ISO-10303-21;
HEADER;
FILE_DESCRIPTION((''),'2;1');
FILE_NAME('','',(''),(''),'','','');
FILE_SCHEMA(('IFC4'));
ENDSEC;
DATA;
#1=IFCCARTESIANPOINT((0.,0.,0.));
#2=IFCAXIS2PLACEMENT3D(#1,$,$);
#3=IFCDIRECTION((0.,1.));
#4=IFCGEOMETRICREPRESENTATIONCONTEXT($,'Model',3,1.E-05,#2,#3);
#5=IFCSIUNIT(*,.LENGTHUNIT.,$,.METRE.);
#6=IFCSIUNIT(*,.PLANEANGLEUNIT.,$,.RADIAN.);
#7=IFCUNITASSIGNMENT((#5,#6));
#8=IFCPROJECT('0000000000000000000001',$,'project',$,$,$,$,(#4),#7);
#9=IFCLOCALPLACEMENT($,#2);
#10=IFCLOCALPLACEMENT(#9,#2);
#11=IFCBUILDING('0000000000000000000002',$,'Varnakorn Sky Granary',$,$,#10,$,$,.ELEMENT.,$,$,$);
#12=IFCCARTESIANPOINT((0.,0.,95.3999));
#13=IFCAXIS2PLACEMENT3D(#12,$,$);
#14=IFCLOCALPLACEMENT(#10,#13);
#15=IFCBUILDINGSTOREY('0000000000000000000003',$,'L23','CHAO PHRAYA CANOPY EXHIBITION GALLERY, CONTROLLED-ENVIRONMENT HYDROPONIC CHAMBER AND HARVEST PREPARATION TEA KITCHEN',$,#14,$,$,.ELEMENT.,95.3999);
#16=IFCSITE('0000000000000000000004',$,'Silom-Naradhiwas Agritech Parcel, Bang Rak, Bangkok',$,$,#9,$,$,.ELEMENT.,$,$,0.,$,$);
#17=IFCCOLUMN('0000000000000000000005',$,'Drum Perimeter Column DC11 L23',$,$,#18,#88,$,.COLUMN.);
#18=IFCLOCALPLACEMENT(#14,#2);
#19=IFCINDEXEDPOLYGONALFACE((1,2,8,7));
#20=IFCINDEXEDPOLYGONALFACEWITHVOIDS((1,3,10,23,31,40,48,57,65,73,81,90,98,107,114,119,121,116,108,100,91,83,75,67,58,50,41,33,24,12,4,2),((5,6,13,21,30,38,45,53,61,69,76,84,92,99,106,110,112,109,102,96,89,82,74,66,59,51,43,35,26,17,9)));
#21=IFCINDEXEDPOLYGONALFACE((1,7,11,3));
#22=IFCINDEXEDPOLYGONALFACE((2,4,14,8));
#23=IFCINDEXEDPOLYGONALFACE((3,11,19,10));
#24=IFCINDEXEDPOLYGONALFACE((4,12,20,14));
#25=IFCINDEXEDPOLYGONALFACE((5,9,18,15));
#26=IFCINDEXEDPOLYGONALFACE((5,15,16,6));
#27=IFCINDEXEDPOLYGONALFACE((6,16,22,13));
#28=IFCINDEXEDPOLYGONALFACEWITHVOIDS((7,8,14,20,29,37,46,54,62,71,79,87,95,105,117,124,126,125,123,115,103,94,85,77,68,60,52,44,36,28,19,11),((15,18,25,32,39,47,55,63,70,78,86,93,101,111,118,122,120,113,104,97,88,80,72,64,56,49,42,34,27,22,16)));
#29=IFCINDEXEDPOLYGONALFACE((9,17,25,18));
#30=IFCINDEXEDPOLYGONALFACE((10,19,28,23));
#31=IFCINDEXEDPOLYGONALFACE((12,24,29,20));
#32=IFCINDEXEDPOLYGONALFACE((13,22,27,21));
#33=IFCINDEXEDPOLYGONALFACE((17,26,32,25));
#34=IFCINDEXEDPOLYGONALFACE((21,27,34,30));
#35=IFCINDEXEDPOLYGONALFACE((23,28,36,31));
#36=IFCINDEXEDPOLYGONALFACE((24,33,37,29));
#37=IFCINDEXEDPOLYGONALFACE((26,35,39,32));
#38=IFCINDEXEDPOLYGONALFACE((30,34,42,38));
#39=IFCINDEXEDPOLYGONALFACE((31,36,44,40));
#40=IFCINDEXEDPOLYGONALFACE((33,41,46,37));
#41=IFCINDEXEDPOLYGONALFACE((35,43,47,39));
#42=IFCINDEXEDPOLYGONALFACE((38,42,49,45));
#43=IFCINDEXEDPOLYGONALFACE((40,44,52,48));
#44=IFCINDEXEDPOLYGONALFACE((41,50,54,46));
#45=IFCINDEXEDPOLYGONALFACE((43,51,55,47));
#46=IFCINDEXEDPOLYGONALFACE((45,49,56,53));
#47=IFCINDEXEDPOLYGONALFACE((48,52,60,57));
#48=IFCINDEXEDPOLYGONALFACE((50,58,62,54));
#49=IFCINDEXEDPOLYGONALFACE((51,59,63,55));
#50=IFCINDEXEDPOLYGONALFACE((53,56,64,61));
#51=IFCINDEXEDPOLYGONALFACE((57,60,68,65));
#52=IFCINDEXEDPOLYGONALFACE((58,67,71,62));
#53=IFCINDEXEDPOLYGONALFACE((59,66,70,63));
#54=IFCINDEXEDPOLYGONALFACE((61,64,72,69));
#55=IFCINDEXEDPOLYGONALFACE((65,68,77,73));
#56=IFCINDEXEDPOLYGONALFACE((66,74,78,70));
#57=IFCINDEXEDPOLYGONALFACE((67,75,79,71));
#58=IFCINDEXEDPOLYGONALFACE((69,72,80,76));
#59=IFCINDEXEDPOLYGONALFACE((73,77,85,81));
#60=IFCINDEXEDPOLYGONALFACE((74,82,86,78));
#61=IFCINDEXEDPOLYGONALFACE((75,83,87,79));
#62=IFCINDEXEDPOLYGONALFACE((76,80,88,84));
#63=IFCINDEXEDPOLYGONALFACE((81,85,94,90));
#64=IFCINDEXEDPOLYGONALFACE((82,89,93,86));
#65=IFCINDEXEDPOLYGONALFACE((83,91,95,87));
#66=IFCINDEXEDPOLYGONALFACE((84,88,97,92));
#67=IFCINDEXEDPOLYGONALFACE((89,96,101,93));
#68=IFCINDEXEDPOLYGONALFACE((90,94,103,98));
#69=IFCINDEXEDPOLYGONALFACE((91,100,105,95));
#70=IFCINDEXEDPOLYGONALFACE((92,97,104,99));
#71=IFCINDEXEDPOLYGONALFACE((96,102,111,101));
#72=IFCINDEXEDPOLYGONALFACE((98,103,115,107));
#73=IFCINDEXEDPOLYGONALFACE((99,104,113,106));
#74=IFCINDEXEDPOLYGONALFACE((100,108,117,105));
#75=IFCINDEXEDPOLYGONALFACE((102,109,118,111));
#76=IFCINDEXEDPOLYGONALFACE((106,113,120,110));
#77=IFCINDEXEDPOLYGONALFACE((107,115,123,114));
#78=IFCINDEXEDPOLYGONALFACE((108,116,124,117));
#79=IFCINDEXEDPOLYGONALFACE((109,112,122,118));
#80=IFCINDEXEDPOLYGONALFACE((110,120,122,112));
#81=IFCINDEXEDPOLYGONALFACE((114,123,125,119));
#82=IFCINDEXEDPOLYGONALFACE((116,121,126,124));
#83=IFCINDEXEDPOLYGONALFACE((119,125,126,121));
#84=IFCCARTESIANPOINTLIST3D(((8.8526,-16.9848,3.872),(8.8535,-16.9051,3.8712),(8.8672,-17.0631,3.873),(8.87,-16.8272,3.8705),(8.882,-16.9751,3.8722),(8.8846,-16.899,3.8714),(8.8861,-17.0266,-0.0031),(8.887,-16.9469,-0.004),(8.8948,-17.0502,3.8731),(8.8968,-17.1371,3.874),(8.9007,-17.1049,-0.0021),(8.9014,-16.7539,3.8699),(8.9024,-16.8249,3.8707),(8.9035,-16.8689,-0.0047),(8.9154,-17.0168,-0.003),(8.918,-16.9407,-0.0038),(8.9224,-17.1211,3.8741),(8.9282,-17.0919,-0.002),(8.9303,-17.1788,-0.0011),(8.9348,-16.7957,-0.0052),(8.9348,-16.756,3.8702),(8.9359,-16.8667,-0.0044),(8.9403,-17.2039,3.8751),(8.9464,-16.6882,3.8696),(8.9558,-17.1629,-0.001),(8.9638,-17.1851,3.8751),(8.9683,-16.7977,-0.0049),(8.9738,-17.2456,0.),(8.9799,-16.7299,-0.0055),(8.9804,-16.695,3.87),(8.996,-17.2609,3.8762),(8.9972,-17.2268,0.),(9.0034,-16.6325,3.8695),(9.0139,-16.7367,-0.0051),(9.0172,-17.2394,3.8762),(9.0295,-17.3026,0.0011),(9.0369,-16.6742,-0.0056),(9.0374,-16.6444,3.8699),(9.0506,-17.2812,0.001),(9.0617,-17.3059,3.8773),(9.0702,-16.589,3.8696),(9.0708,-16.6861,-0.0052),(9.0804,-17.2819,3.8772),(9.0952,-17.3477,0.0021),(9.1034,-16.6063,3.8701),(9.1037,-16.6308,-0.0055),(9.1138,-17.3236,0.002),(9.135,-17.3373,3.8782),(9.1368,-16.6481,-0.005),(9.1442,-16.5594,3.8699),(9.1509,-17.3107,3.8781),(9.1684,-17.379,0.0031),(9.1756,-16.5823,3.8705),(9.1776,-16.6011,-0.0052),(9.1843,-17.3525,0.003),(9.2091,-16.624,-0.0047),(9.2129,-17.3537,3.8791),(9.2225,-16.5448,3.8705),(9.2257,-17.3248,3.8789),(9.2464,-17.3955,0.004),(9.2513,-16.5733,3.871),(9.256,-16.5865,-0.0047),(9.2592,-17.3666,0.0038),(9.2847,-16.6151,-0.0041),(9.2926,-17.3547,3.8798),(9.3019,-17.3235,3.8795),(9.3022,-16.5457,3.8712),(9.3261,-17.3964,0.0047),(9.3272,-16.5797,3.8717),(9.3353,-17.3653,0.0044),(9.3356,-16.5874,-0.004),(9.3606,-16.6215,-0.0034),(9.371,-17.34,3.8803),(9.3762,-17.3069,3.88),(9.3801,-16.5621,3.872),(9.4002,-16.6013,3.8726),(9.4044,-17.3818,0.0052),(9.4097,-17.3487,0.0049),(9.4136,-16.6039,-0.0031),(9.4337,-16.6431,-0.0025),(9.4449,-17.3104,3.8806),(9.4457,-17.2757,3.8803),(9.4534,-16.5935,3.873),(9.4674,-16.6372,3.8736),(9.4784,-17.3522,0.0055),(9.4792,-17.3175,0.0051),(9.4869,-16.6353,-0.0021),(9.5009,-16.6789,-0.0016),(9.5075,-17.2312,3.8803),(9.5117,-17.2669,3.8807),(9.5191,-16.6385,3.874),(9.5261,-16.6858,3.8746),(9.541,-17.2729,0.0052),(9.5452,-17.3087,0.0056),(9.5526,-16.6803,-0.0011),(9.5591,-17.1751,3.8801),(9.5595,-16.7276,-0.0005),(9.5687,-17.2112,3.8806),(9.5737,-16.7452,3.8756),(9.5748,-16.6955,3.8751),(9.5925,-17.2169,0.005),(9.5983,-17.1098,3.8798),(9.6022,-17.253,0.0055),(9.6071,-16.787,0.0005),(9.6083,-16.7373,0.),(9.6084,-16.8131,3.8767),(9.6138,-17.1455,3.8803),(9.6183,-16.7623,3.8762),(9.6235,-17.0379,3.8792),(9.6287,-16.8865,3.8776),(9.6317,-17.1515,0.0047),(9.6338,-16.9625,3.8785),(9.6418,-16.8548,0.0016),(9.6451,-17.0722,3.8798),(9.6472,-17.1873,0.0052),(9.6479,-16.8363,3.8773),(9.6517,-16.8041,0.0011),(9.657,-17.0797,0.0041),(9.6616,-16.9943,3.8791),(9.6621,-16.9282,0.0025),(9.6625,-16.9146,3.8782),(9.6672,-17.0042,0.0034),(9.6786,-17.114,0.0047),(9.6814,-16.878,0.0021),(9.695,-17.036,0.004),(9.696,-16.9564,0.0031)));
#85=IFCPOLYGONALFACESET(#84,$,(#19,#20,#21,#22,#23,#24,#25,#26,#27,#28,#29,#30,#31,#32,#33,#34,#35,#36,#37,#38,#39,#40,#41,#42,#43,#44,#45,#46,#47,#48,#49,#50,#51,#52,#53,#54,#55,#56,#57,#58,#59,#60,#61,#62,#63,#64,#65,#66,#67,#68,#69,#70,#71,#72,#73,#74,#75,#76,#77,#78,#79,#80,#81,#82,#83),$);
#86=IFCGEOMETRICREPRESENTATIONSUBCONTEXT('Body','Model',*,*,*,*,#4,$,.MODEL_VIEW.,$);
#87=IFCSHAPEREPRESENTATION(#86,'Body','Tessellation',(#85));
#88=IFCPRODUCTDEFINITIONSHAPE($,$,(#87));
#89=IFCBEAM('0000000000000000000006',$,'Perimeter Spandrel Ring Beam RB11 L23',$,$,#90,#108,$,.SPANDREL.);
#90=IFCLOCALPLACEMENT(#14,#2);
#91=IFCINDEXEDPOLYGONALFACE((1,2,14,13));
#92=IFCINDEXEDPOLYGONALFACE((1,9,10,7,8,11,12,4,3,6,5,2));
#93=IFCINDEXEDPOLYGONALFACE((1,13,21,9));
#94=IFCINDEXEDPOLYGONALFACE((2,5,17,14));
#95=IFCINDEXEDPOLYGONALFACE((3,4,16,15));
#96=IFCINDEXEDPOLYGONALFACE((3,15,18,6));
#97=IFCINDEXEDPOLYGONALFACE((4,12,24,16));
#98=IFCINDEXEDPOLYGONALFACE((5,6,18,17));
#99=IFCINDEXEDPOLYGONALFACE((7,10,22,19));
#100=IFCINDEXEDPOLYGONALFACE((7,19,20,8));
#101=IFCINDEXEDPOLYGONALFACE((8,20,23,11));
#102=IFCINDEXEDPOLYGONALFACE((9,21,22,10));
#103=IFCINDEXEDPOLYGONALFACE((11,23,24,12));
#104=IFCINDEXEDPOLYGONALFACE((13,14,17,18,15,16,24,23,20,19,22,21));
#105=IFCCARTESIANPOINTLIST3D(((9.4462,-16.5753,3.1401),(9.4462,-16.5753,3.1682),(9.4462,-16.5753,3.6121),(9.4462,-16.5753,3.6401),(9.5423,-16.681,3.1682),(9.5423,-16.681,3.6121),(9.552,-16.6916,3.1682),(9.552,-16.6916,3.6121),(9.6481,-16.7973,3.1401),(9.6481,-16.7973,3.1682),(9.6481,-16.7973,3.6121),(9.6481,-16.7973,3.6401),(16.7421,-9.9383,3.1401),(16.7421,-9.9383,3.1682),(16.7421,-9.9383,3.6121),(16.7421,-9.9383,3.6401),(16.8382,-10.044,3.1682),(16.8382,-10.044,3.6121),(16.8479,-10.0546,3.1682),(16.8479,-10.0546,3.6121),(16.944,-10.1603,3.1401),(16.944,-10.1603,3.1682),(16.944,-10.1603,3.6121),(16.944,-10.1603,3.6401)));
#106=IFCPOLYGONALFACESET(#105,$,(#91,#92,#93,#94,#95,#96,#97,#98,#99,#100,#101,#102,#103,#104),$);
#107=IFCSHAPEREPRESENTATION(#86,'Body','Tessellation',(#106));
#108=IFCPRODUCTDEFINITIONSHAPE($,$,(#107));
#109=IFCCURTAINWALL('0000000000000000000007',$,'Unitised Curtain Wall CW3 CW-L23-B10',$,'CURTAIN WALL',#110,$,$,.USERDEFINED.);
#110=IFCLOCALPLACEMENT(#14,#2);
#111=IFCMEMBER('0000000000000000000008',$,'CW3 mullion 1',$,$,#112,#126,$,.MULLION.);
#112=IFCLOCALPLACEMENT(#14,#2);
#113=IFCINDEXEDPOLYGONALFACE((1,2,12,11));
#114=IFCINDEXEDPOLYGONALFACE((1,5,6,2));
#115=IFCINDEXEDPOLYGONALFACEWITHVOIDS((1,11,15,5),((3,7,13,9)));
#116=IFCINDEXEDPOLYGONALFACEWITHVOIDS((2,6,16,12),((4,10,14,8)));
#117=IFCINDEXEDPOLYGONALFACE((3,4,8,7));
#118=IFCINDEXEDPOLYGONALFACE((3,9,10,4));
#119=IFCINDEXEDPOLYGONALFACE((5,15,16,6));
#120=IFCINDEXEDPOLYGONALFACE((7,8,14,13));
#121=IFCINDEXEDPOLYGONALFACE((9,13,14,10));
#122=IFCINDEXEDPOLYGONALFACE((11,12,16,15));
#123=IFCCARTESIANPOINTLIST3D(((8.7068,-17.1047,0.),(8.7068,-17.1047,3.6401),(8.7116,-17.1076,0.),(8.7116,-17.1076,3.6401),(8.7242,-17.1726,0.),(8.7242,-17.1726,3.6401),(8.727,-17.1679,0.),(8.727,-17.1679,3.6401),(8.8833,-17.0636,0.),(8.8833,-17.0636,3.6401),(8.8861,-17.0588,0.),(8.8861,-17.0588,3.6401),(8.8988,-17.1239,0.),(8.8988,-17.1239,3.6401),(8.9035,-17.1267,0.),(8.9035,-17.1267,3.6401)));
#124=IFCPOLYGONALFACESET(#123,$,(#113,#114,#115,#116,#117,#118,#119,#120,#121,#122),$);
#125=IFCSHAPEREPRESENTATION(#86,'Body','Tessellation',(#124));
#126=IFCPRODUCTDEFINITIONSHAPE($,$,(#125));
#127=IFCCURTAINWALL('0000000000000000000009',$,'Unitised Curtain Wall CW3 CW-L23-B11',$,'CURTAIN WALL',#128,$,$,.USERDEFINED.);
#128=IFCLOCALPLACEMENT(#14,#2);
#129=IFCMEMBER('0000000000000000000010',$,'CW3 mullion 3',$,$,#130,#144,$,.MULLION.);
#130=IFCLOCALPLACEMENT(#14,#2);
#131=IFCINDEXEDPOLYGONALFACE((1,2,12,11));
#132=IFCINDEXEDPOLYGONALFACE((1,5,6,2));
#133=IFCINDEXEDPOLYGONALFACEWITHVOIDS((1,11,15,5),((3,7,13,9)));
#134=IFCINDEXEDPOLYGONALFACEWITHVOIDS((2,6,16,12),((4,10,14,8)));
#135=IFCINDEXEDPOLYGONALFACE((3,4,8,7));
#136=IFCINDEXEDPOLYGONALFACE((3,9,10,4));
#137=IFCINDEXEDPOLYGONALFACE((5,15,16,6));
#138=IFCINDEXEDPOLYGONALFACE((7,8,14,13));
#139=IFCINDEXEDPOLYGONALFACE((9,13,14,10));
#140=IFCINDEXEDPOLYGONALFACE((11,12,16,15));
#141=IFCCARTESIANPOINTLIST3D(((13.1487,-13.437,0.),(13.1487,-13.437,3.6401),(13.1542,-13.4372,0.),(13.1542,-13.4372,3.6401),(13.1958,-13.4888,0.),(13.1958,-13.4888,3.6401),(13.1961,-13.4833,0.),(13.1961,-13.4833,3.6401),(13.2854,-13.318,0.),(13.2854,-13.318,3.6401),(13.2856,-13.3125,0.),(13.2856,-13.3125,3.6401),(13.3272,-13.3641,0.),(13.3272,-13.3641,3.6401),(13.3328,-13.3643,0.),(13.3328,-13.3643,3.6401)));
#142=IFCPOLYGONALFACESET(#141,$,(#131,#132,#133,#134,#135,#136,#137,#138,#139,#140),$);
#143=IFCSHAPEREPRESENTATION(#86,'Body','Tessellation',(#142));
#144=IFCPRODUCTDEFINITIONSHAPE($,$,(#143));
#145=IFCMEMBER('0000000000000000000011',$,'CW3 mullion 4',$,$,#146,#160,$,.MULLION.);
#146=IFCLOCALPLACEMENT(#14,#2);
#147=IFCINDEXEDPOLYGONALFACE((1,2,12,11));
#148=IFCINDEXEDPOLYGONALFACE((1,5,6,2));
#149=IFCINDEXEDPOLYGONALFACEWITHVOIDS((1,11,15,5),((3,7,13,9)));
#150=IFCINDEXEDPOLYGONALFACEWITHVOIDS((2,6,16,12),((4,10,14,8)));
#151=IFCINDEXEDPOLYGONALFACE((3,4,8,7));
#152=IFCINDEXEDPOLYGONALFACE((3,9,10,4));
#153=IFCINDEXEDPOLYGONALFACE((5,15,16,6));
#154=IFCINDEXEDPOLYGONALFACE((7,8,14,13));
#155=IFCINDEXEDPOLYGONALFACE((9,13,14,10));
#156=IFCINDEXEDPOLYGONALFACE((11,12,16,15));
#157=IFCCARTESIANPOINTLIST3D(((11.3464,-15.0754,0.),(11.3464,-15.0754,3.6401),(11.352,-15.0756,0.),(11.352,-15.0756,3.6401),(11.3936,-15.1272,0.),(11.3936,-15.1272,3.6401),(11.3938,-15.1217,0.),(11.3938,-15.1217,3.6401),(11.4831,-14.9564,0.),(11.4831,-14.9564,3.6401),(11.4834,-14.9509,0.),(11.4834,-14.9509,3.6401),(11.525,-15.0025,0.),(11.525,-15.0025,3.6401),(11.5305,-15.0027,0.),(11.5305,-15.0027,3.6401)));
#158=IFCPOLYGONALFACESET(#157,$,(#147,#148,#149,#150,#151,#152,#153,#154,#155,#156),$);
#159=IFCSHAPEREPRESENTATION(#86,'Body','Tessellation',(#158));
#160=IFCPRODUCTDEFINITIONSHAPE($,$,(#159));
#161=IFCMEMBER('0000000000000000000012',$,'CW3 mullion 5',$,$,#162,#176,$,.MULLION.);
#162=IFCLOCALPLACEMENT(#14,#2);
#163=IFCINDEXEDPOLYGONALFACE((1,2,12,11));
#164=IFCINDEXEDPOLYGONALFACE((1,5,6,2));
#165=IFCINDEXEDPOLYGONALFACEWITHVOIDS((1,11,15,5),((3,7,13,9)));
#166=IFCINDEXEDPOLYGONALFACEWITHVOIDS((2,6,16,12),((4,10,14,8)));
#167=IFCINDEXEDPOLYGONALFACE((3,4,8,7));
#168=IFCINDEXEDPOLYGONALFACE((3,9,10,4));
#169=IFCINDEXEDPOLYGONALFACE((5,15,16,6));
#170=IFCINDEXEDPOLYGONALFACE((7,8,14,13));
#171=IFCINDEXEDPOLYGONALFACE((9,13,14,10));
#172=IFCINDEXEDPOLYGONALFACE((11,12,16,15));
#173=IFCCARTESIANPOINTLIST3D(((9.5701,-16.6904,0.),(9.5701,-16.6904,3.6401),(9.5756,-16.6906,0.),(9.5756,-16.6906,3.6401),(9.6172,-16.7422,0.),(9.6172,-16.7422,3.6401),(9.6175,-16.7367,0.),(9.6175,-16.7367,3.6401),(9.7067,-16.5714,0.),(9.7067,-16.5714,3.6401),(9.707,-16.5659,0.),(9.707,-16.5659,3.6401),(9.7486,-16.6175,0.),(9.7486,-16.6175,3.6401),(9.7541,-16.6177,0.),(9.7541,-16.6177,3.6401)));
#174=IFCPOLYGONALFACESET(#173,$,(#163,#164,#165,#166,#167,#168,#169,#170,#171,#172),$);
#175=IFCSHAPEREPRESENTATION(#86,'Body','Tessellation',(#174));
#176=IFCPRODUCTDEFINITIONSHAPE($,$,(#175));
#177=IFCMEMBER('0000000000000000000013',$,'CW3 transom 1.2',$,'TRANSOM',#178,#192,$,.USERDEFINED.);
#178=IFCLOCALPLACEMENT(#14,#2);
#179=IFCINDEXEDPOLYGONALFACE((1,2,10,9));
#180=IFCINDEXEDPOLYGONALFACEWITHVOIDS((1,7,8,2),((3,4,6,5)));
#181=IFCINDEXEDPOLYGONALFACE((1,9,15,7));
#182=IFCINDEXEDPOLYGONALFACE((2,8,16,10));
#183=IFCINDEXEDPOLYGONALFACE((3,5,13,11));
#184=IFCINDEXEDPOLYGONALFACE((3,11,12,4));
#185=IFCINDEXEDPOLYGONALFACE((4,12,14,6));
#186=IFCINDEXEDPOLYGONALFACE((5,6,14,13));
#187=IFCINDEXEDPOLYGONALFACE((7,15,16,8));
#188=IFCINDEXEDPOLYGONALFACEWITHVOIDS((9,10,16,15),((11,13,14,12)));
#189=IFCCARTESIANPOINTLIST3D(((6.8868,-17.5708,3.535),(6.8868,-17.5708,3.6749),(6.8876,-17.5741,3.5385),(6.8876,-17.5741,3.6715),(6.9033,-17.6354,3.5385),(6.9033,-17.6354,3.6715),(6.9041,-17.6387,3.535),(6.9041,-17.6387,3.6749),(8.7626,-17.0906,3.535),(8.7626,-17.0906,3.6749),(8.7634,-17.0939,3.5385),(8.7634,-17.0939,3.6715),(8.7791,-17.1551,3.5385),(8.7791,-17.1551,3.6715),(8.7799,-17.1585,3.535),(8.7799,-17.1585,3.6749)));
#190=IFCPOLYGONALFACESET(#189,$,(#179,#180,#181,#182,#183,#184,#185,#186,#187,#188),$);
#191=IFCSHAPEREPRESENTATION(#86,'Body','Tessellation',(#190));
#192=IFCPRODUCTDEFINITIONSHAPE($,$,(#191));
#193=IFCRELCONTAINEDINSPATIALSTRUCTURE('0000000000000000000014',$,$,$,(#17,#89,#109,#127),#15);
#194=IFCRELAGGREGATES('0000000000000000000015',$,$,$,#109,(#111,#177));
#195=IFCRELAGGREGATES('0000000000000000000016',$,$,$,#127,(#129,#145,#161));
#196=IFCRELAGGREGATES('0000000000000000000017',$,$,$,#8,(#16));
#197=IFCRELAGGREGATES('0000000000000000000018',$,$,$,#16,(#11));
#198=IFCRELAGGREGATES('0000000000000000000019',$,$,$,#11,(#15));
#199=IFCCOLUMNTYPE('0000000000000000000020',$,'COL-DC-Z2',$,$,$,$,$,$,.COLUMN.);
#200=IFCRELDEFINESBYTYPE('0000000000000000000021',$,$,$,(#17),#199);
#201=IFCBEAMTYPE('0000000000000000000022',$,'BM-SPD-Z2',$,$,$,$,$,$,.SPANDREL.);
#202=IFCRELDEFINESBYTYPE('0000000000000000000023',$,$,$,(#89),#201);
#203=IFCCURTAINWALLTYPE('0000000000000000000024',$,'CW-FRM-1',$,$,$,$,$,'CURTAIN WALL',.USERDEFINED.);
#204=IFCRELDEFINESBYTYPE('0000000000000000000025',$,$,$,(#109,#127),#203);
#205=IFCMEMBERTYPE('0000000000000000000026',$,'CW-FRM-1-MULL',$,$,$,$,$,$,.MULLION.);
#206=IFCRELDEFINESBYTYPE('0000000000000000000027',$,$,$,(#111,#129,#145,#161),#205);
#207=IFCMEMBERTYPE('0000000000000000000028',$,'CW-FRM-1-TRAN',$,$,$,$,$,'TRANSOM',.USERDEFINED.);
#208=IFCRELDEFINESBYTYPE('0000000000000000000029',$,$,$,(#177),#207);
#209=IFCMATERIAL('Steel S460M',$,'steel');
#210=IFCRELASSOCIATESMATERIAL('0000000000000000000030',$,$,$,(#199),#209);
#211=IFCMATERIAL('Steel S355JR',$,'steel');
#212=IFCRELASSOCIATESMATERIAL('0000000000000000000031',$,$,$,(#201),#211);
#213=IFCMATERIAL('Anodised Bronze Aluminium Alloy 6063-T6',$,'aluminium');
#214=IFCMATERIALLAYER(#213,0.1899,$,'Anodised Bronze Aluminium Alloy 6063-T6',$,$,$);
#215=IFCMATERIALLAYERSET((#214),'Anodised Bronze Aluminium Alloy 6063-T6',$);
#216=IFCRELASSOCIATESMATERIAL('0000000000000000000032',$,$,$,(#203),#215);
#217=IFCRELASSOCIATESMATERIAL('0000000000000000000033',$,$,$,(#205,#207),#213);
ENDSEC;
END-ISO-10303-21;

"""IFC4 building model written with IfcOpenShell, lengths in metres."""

from ifc_helpers import new_model, si_unit, direction, frame, origin, origin_2d, place, context, subcontext, project, spatial, hollow_rectangle, hollow_circle, i_section, extrude, material, layer, layer_set, material_profile, profile_set, type_object, element, aggregate, save


model = new_model("IFC4")

# Units and contexts
model_context = context("Model", 3, precision=1e-05, world=origin(), true_north=direction((0.0, 1.0)))
body_context = subcontext(model_context, "Body", "Model", "MODEL_VIEW")
ifc_project = project(units=[si_unit("LENGTHUNIT", "METRE"), si_unit("PLANEANGLEUNIT", "RADIAN")], contexts=[model_context])

# Site, building, storey
site_placement = place(None, origin())
site = spatial("IfcSite", under=ifc_project, at=site_placement, Name="Silom-Naradhiwas Agritech Parcel, Bang Rak, Bangkok", CompositionType="ELEMENT", RefElevation=0.0)
building_placement = place(site_placement, origin())
building = spatial("IfcBuilding", under=site, at=building_placement, Name="Varnakorn Sky Granary", CompositionType="ELEMENT")
storey_placement = place(building_placement, frame((0.0, 0.0, 95.3999)))
storey = spatial("IfcBuildingStorey", under=building, at=storey_placement, Name="L23", Description="CHAO PHRAYA CANOPY EXHIBITION GALLERY, CONTROLLED-ENVIRONMENT HYDROPONIC CHAMBER AND HARVEST PREPARATION TEA KITCHEN", CompositionType="ELEMENT", Elevation=95.3999)

# Column
ifc_material_1 = material(Name="Steel S460M", Category="steel")
ifc_material_profile_1 = material_profile(ifc_material_1, hollow_circle(Radius=0.4065, WallThickness=0.03, at=origin_2d()), Name="CHS 813x30")
ifc_profile_set_1 = profile_set([ifc_material_profile_1], Name="Steel S460M")
column_type = type_object("IfcColumnType", Name="COL-DC-Z2", PredefinedType="COLUMN", material=ifc_profile_set_1)
column_placement = place(storey_placement, frame((9.291, -16.9915, 0.0), z_axis=(-0.008631, 0.010773, 0.999905), x_axis=(-0.780423, -0.625251, 0.0)))
element("IfcColumn", 1, at=column_placement, inside=storey, type_object=column_type, Name="Drum Perimeter Column DC11 L23", PredefinedType="COLUMN", context=body_context, shape_type="SweptSolid", body=[
    extrude(hollow_circle(Radius=0.4065, WallThickness=0.03, at=origin_2d()), origin(), (0.0, 0.0, 1.0), 3.8755),
])

# Beam
ifc_material_2 = material(Name="Steel S355JR", Category="steel")
ifc_material_profile_2 = material_profile(ifc_material_2, i_section(OverallWidth=0.3, OverallDepth=0.5, WebThickness=0.0144, FlangeThickness=0.0281, at=origin_2d()), Name="HE 500 B")
ifc_profile_set_2 = profile_set([ifc_material_profile_2], Name="Steel S355JR")
beam_type = type_object("IfcBeamType", Name="BM-SPD-Z2", PredefinedType="SPANDREL", material=ifc_profile_set_2)
beam_placement = place(storey_placement, frame((9.5471, -16.6863, 3.3901), z_axis=(0.739722, 0.672913, 0.0), x_axis=(-0.672913, 0.739722, 0.0)))
element("IfcBeam", 2, at=beam_placement, inside=storey, type_object=beam_type, Name="Perimeter Spandrel Ring Beam RB11 L23", PredefinedType="SPANDREL", context=body_context, shape_type="SweptSolid", body=[
    extrude(i_section(OverallWidth=0.3, OverallDepth=0.5, WebThickness=0.0144, FlangeThickness=0.0281, at=origin_2d()), origin(), (0.0, 0.0, 1.0), 9.863),
])

# Curtain wall, member
ifc_material_3 = material(Name="Anodised Bronze Aluminium Alloy 6063-T6", Category="aluminium")
ifc_layer_1 = layer(ifc_material_3, 0.1899, Name="Anodised Bronze Aluminium Alloy 6063-T6")
ifc_layer_set_1 = layer_set([ifc_layer_1], Name="Anodised Bronze Aluminium Alloy 6063-T6")
curtain_wall_type = type_object("IfcCurtainWallType", Name="CW-FRM-1", ElementType="CURTAIN WALL", PredefinedType="USERDEFINED", material=ifc_layer_set_1)
curtain_wall_1_placement = place(storey_placement, origin())
curtain_wall_1 = element("IfcCurtainWall", 3, at=curtain_wall_1_placement, inside=storey, type_object=curtain_wall_type, Name="Unitised Curtain Wall CW3 CW-L23-B10", ObjectType="CURTAIN WALL", PredefinedType="USERDEFINED")
ifc_material_profile_3 = material_profile(ifc_material_3, hollow_rectangle(XDim=0.0701, YDim=0.1851, WallThickness=0.0039, at=origin_2d()), Name="ALU MULL 70x185")
ifc_profile_set_3 = profile_set([ifc_material_profile_3], Name="Anodised Bronze Aluminium Alloy 6063-T6")
member_type_1 = type_object("IfcMemberType", Name="CW-FRM-1-MULL", PredefinedType="MULLION", material=ifc_profile_set_3)
member_1_placement = place(storey_placement, frame((8.8052, -17.1157, 0.0), z_axis=(0.0, 0.0, 1.0), x_axis=(0.248101, -0.968734, 0.0)))
member_1 = element("IfcMember", 4, at=member_1_placement, type_object=member_type_1, Name="CW3 mullion 1", PredefinedType="MULLION", context=body_context, shape_type="SweptSolid", body=[
    extrude(hollow_rectangle(XDim=0.0701, YDim=0.1851, WallThickness=0.0039, at=origin_2d()), origin(), (0.0, 0.0, 1.0), 3.6401),
])

# Curtain wall, members
curtain_wall_2_placement = place(storey_placement, origin())
curtain_wall_2 = element("IfcCurtainWall", 5, at=curtain_wall_2_placement, inside=storey, type_object=curtain_wall_type, Name="Unitised Curtain Wall CW3 CW-L23-B11", ObjectType="CURTAIN WALL", PredefinedType="USERDEFINED")
member_2_placement = place(storey_placement, frame((13.2407, -13.4006, 0.0), z_axis=(0.0, 0.0, 1.0), x_axis=(0.672672, -0.739941, 0.0)))
member_2 = element("IfcMember", 6, at=member_2_placement, type_object=member_type_1, Name="CW3 mullion 3", PredefinedType="MULLION", context=body_context, shape_type="SweptSolid", body=[
    extrude(hollow_rectangle(XDim=0.0701, YDim=0.1851, WallThickness=0.0039, at=origin_2d()), origin(), (0.0, 0.0, 1.0), 3.6401),
])
member_3_placement = place(storey_placement, frame((11.4385, -15.0391, 0.0), z_axis=(0.0, 0.0, 1.0), x_axis=(0.672672, -0.739941, 0.0)))
member_3 = element("IfcMember", 7, at=member_3_placement, type_object=member_type_1, Name="CW3 mullion 4", PredefinedType="MULLION", context=body_context, shape_type="SweptSolid", body=[
    extrude(hollow_rectangle(XDim=0.0701, YDim=0.1851, WallThickness=0.0039, at=origin_2d()), origin(), (0.0, 0.0, 1.0), 3.6401),
])
member_4_placement = place(storey_placement, frame((9.6621, -16.6541, 0.0), z_axis=(0.0, 0.0, 1.0), x_axis=(0.672672, -0.739941, 0.0)))
member_4 = element("IfcMember", 8, at=member_4_placement, type_object=member_type_1, Name="CW3 mullion 5", PredefinedType="MULLION", context=body_context, shape_type="SweptSolid", body=[
    extrude(hollow_rectangle(XDim=0.0701, YDim=0.1851, WallThickness=0.0039, at=origin_2d()), origin(), (0.0, 0.0, 1.0), 3.6401),
])

# Member
ifc_material_profile_4 = material_profile(ifc_material_3, hollow_rectangle(XDim=0.0701, YDim=0.1399, WallThickness=0.0034, at=origin_2d()), Name="ALU TRAN 70x140")
ifc_profile_set_4 = profile_set([ifc_material_profile_4], Name="Anodised Bronze Aluminium Alloy 6063-T6")
member_type_2 = type_object("IfcMemberType", Name="CW-FRM-1-TRAN", ElementType="TRANSOM", PredefinedType="USERDEFINED", material=ifc_profile_set_4)
member_5_placement = place(storey_placement, frame((8.7712, -17.1245, 3.605), z_axis=(-0.968755, -0.24802, 0.0), x_axis=(0.24802, -0.968755, 0.0)))
member_5 = element("IfcMember", 9, at=member_5_placement, type_object=member_type_2, Name="CW3 transom 1.2", ObjectType="TRANSOM", PredefinedType="USERDEFINED", context=body_context, shape_type="SweptSolid", body=[
    extrude(hollow_rectangle(XDim=0.0701, YDim=0.1399, WallThickness=0.0034, at=origin_2d()), origin(), (0.0, 0.0, 1.0), 1.9363),
])
aggregate(curtain_wall_1, [member_1, member_5])

aggregate(curtain_wall_2, [member_2, member_3, member_4])

save(model, "model.ifc")
